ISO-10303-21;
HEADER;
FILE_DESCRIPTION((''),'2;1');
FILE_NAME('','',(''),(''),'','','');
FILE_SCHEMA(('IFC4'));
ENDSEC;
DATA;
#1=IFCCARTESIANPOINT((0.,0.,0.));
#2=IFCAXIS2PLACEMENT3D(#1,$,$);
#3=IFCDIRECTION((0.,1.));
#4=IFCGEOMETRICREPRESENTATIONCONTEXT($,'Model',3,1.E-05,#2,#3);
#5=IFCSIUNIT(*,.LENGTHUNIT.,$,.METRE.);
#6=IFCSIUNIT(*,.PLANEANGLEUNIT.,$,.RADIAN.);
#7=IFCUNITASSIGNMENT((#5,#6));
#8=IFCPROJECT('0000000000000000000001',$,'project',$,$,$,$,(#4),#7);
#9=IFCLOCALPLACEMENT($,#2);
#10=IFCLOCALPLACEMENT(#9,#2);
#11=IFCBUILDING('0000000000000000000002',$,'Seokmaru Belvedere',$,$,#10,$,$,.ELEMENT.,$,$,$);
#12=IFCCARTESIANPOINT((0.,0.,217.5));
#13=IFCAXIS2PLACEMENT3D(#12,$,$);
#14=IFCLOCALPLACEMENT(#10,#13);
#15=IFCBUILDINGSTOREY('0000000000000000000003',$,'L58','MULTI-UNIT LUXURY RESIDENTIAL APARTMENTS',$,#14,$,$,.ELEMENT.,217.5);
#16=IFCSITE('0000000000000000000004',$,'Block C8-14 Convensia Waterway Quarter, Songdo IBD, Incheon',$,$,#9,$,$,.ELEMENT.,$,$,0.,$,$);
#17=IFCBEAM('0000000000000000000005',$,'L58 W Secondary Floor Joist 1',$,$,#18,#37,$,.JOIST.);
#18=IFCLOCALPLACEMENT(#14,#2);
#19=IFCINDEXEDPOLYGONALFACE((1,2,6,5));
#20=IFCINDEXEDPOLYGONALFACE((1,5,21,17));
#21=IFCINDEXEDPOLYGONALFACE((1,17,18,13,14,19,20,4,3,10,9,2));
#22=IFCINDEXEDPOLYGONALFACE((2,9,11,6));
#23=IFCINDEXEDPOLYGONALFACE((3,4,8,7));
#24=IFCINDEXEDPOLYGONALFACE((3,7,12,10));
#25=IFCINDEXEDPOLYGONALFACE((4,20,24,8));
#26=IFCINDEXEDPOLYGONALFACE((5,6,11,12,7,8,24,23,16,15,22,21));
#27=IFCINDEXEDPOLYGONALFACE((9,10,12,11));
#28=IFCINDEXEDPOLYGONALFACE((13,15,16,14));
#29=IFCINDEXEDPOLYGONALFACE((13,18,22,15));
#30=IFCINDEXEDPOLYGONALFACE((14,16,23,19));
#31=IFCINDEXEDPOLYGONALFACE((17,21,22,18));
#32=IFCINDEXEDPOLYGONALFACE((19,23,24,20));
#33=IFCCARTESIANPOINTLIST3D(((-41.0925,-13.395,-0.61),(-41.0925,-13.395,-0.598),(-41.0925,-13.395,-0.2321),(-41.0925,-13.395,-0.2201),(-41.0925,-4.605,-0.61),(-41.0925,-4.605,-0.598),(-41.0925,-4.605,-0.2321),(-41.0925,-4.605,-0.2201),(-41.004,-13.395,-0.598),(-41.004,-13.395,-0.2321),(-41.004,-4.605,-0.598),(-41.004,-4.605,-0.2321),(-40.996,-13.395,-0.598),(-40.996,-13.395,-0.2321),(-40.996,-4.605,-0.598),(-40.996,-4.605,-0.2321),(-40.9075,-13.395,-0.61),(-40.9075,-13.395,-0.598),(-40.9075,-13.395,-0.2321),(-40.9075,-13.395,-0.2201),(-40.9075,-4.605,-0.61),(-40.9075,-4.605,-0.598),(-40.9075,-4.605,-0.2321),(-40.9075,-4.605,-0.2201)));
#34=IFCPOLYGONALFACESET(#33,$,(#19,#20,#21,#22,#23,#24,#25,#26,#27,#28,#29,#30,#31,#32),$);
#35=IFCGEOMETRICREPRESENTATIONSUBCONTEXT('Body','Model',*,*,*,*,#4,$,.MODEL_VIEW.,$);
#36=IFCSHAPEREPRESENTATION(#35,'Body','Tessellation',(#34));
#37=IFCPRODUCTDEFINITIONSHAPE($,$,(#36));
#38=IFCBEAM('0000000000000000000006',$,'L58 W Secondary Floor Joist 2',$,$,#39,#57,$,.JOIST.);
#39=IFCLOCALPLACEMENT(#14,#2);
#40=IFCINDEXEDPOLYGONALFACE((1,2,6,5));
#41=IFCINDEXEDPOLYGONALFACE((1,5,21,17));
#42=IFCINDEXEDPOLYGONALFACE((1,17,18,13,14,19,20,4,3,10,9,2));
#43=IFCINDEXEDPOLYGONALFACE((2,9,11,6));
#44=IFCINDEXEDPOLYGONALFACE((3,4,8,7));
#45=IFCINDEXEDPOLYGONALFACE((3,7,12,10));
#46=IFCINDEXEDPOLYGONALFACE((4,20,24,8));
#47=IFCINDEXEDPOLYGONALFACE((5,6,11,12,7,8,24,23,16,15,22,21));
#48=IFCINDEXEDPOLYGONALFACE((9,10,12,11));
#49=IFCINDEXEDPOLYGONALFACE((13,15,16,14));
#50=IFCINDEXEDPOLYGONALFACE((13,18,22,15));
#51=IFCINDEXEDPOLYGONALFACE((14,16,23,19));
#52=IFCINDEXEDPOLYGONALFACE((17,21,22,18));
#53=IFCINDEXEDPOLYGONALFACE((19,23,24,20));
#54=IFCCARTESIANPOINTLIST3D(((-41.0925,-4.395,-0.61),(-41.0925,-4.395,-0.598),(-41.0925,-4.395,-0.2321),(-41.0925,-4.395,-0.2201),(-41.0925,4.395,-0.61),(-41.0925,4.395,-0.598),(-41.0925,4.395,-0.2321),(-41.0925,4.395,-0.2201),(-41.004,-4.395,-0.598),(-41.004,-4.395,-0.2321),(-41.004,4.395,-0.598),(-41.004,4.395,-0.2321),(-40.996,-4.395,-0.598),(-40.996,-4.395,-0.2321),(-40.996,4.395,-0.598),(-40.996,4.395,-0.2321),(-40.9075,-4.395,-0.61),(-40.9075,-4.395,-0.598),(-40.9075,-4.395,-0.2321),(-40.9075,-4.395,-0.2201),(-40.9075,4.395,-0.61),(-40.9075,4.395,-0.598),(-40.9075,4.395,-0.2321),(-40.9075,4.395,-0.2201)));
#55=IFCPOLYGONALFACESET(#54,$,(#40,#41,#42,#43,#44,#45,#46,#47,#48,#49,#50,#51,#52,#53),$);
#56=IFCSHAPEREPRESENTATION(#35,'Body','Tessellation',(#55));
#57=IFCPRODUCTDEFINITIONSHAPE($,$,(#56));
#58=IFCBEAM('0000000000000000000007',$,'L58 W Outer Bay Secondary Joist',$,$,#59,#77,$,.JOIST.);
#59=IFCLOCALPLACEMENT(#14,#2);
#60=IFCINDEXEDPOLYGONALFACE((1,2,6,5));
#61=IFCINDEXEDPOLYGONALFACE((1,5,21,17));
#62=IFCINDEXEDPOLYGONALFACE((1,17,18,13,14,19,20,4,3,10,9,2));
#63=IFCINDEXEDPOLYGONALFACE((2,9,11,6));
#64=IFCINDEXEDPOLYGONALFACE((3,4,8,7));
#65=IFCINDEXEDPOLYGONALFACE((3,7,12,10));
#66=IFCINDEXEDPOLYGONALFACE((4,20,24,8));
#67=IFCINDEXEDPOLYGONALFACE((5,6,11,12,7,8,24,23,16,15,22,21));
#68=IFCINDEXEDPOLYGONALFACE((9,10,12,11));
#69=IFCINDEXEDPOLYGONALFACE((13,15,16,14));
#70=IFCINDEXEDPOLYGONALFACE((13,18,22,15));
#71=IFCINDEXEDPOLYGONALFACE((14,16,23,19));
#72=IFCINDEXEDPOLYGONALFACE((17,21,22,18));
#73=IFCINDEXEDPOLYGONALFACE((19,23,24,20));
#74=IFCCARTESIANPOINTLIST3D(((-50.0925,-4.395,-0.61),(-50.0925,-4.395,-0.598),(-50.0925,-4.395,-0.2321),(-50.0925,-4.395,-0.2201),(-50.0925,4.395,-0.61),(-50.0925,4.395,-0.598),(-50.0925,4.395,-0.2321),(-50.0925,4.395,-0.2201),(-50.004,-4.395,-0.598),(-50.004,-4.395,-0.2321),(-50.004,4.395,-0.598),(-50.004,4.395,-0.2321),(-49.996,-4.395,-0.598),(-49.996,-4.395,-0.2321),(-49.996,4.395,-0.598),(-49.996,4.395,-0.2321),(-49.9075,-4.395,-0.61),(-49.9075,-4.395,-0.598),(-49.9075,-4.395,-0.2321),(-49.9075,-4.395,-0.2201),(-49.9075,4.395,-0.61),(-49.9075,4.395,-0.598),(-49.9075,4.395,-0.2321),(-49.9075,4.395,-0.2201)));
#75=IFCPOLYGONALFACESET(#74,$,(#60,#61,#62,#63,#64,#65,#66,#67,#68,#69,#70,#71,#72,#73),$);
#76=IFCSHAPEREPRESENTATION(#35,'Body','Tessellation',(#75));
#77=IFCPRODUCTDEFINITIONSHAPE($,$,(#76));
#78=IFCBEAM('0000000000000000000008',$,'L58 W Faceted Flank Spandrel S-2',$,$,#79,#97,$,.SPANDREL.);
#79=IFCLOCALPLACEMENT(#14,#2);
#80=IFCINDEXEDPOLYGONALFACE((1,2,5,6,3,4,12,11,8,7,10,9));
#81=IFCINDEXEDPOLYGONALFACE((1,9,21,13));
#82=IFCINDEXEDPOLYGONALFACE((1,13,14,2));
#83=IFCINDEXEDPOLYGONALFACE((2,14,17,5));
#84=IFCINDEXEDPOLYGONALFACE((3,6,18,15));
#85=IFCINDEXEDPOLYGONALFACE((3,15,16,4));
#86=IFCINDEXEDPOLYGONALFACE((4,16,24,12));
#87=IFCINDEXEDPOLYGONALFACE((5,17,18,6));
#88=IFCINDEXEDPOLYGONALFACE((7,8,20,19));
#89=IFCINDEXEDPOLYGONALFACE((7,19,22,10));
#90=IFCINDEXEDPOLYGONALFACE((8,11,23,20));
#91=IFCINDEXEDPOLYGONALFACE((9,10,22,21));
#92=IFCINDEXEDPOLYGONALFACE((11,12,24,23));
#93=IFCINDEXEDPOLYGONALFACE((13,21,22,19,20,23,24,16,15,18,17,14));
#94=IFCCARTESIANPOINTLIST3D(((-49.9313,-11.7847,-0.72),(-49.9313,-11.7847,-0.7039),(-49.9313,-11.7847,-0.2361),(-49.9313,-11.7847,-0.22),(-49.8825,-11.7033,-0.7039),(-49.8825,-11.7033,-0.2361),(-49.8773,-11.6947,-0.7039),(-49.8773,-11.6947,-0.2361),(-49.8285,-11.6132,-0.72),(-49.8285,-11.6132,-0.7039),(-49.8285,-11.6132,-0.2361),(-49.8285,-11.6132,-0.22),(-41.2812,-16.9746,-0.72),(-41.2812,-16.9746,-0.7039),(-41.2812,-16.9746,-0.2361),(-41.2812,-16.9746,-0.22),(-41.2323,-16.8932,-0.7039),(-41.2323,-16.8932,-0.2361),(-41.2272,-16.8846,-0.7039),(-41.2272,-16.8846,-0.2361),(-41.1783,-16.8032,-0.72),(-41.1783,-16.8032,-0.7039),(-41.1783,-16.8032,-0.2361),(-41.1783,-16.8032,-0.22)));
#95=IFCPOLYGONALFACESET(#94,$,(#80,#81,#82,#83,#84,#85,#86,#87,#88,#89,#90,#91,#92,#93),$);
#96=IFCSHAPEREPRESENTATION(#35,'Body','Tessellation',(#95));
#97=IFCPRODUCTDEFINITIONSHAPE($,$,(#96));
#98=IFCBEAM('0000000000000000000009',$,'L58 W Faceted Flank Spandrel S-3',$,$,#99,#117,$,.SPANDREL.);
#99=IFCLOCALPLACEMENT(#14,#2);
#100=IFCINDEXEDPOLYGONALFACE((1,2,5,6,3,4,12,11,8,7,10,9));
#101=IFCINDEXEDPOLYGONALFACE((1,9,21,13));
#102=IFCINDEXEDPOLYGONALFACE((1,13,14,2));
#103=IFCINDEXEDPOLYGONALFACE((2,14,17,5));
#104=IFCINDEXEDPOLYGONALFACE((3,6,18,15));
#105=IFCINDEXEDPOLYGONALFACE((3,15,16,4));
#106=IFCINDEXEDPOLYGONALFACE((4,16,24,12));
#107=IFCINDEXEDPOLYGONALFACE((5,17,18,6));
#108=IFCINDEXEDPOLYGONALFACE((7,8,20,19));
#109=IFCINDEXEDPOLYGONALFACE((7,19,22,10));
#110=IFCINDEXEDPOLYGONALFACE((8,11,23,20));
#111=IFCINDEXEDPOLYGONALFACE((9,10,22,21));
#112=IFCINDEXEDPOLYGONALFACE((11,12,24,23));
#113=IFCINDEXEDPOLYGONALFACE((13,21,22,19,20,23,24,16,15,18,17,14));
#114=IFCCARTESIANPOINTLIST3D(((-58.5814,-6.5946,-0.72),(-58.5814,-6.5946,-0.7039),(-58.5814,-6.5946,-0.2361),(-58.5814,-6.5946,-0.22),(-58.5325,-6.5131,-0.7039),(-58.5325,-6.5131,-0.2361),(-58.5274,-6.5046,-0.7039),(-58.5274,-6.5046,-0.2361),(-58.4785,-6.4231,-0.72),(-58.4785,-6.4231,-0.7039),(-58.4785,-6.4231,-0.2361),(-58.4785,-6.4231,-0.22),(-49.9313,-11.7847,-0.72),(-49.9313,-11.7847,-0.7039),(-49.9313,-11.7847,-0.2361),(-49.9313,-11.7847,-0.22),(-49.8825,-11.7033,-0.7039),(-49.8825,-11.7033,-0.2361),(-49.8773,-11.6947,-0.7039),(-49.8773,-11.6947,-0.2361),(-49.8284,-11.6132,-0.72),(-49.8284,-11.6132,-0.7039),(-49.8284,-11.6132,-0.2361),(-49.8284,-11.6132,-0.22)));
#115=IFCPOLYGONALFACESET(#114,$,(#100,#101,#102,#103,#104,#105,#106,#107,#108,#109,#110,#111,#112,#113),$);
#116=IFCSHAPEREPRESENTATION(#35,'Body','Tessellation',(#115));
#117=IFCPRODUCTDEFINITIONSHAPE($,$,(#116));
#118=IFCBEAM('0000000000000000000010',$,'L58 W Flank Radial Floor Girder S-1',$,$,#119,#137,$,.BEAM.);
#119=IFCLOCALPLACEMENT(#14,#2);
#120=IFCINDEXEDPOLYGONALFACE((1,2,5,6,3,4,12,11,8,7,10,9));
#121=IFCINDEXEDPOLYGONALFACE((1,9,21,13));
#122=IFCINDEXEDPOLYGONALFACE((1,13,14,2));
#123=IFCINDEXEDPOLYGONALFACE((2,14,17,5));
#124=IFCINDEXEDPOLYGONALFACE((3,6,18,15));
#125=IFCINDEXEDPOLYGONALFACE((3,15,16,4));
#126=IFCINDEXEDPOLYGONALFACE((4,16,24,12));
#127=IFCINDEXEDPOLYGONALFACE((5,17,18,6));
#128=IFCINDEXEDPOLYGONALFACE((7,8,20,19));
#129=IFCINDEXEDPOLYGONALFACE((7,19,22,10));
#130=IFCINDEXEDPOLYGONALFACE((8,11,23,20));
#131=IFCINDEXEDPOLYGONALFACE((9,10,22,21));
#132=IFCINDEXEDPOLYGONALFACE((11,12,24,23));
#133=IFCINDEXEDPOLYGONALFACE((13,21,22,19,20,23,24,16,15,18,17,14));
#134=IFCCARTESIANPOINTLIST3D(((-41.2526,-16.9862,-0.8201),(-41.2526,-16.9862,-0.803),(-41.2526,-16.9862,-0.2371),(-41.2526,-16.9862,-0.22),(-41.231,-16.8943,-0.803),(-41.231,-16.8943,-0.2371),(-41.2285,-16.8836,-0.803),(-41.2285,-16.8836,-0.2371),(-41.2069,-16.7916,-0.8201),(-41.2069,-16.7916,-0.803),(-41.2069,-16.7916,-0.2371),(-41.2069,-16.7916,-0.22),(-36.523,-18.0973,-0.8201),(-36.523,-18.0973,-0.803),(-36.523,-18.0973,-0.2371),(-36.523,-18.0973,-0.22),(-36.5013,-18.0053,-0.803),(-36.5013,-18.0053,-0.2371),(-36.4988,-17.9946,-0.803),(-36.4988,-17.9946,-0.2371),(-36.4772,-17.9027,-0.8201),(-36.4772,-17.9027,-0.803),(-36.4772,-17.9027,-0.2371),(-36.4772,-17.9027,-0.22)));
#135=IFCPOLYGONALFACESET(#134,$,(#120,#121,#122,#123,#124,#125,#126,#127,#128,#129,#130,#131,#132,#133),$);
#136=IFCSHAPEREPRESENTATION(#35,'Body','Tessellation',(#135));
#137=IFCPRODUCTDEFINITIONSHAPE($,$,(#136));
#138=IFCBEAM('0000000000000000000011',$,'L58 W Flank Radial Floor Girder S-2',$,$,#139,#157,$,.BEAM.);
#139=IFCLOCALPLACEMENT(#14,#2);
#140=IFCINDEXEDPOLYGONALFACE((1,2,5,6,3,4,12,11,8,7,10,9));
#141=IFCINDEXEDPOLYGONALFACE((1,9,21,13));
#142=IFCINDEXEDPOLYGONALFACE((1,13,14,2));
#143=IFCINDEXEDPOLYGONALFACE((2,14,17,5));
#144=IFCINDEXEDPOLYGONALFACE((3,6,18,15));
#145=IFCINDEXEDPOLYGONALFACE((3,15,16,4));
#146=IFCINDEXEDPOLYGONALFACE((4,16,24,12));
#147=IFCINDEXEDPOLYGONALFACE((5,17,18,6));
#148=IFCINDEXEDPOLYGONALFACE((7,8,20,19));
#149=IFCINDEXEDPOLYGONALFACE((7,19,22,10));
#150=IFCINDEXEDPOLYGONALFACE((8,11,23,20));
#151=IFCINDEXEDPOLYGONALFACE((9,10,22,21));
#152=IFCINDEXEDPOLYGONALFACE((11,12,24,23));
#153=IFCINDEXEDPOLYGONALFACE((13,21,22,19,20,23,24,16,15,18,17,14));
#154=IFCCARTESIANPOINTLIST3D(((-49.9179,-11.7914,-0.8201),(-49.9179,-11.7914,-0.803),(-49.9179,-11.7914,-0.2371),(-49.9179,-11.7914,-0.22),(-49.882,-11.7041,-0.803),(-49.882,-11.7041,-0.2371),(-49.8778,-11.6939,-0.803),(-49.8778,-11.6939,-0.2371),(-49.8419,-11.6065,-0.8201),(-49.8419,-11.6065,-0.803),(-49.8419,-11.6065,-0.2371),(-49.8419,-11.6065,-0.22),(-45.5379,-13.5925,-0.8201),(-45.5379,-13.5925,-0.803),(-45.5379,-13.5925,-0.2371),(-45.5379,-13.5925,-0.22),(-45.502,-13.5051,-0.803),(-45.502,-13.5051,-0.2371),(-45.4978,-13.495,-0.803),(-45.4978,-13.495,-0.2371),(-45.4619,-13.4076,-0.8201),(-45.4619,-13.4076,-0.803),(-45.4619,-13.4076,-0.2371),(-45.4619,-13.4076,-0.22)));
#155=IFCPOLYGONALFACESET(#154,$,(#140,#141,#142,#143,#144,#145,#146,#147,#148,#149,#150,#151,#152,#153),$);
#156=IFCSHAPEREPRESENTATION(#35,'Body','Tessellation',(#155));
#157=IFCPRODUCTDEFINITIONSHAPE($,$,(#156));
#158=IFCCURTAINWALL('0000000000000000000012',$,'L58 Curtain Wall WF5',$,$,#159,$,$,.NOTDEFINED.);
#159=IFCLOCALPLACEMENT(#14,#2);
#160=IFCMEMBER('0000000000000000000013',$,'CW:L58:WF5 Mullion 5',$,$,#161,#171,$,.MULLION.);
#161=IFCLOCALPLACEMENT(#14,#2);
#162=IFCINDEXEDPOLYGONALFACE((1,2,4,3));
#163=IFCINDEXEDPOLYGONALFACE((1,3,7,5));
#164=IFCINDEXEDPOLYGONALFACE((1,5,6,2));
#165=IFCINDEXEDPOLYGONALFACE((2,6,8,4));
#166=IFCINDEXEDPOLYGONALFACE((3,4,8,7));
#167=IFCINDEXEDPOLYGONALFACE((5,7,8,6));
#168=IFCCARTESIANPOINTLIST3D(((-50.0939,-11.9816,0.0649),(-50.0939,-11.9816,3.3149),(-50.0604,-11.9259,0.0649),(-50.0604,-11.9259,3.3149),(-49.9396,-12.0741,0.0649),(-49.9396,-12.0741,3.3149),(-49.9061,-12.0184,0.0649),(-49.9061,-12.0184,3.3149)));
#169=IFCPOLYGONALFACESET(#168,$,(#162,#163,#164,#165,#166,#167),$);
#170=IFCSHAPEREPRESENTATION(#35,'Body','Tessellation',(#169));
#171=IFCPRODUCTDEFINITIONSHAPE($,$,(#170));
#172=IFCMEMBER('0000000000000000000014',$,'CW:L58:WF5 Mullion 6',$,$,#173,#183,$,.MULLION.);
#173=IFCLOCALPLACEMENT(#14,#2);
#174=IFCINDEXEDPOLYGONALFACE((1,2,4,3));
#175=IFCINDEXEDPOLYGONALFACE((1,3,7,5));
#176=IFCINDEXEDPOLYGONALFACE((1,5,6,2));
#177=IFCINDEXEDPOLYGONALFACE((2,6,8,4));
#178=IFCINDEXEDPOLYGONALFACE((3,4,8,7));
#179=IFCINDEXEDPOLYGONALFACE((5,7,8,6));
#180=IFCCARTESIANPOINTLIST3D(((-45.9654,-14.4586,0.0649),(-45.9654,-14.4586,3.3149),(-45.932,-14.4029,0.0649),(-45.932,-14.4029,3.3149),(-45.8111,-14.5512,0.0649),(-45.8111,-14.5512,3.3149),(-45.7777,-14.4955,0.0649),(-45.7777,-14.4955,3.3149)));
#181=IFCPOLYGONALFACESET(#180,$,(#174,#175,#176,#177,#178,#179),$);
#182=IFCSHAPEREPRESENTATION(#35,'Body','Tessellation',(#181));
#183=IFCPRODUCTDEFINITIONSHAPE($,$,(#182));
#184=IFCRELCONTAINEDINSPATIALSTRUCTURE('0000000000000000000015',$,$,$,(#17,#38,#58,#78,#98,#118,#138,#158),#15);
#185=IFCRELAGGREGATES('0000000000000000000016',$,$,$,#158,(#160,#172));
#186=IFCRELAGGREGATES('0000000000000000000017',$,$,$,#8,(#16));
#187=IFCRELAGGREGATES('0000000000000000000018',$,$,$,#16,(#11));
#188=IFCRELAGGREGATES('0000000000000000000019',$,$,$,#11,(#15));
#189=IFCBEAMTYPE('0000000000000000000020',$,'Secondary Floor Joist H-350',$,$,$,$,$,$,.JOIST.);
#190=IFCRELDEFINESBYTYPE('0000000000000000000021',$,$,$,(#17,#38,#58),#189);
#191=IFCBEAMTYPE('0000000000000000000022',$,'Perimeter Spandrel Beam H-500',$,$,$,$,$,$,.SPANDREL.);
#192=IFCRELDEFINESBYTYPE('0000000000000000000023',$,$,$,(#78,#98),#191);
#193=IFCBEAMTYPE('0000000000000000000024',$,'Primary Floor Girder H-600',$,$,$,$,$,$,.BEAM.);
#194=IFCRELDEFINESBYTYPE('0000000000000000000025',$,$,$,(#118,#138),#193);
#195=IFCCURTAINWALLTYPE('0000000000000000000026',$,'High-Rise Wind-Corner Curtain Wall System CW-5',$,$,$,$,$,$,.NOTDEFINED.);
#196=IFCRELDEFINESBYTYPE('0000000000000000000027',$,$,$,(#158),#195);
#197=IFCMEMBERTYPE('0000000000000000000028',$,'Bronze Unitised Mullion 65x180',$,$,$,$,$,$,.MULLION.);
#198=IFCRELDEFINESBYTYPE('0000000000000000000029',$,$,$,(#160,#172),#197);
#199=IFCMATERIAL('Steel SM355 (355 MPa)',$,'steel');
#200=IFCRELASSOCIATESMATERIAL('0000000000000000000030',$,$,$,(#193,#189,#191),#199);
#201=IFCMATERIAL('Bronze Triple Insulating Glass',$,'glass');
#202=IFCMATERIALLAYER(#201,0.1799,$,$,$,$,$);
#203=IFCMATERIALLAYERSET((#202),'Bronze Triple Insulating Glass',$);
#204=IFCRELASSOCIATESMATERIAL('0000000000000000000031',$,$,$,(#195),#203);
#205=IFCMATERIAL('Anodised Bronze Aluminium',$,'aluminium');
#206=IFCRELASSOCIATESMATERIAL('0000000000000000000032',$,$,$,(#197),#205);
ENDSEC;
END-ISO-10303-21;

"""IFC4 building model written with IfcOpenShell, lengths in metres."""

from ifc_helpers import new_model, si_unit, direction, frame, origin, origin_2d, place, context, subcontext, project, spatial, rectangle, i_section, extrude, source, transform, mapped, material, layer, layer_set, material_profile, profile_set, type_object, type_shapes, element, aggregate, save


model = new_model("IFC4")

# Units and contexts
model_context = context("Model", 3, precision=1e-05, world=origin(), true_north=direction((0.0, 1.0)))
body_context = subcontext(model_context, "Body", "Model", "MODEL_VIEW")
ifc_project = project(units=[si_unit("LENGTHUNIT", "METRE"), si_unit("PLANEANGLEUNIT", "RADIAN")], contexts=[model_context])

# Site, building, storey
site_placement = place(None, origin())
site = spatial("IfcSite", under=ifc_project, at=site_placement, Name="Block C8-14 Convensia Waterway Quarter, Songdo IBD, Incheon", CompositionType="ELEMENT", RefElevation=0.0)
building_placement = place(site_placement, origin())
building = spatial("IfcBuilding", under=site, at=building_placement, Name="Seokmaru Belvedere", CompositionType="ELEMENT")
storey_placement = place(building_placement, frame((0.0, 0.0, 217.5)))
storey = spatial("IfcBuildingStorey", under=building, at=storey_placement, Name="L58", Description="MULTI-UNIT LUXURY RESIDENTIAL APARTMENTS", CompositionType="ELEMENT", Elevation=217.5)

# Shared definitions
ifc_material_1 = material(Name="Steel SM355 (355 MPa)", Category="steel")

# Beams
ifc_material_profile_1 = material_profile(ifc_material_1, i_section(OverallWidth=0.2, OverallDepth=0.6001, WebThickness=0.011, FlangeThickness=0.0171, at=origin_2d()), Name="H-600x200x11x17")
ifc_profile_set_1 = profile_set([ifc_material_profile_1], Name="Steel SM355 (355 MPa)")
beam_type_1 = type_object("IfcBeamType", Name="Primary Floor Girder H-600", PredefinedType="BEAM", material=ifc_profile_set_1)
ifc_material_profile_2 = material_profile(ifc_material_1, i_section(OverallWidth=0.1851, OverallDepth=0.3899, WebThickness=0.0081, FlangeThickness=0.012, at=origin_2d()), Name="H-390x185x8x12")
ifc_profile_set_2 = profile_set([ifc_material_profile_2], Name="Steel SM355 (355 MPa)")
beam_type_2 = type_object("IfcBeamType", Name="Secondary Floor Joist H-350", PredefinedType="JOIST", material=ifc_profile_set_2)
shared_shape_1 = source(origin(), body_context, "Body", "SweptSolid", [
    extrude(i_section(OverallWidth=0.1851, OverallDepth=0.3899, WebThickness=0.0081, FlangeThickness=0.012, at=origin_2d()), origin(), (0.0, 0.0, 1.0), 8.79),
])
type_shapes(beam_type_2, [shared_shape_1])
for number, where, z_axis, x_axis, name in (
    (1, (-41.0, -13.395, -0.415), (0.0, 1.0, 0.0), (-1.0, 0.0, 0.0), "L58 W Secondary Floor Joist 1"),
    (2, (-41.0, -4.395, -0.415), (0.0, 1.0, 0.0), (-1.0, 0.0, 0.0), "L58 W Secondary Floor Joist 2"),
    (3, (-50.0, -4.395, -0.415), (0.0, 1.0, 0.0), (-1.0, 0.0, 0.0), "L58 W Outer Bay Secondary Joist"),
):
    element("IfcBeam", number, at=place(storey_placement, frame(where, z_axis=z_axis, x_axis=x_axis)), inside=storey, type_object=beam_type_2, Name=name, PredefinedType="JOIST", context=body_context, shape_type="MappedRepresentation", body=[
        mapped(shared_shape_1, transform((0.0, 0.0, 0.0), scale=1.0)),
    ])
ifc_material_profile_3 = material_profile(ifc_material_1, i_section(OverallWidth=0.2, OverallDepth=0.5, WebThickness=0.01, FlangeThickness=0.0161, at=origin_2d()), Name="H-500x200x10x16")
ifc_profile_set_3 = profile_set([ifc_material_profile_3], Name="Steel SM355 (355 MPa)")
beam_type_3 = type_object("IfcBeamType", Name="Perimeter Spandrel Beam H-500", PredefinedType="SPANDREL", material=ifc_profile_set_3)
shared_shape_2 = source(origin(), body_context, "Body", "SweptSolid", [
    extrude(i_section(OverallWidth=0.2, OverallDepth=0.5, WebThickness=0.01, FlangeThickness=0.0161, at=origin_2d()), origin(), (0.0, 0.0, 1.0), 10.0876),
])
type_shapes(beam_type_3, [shared_shape_2])
for number, where, z_axis, x_axis, name in (
    (4, (-41.2297, -16.8889, -0.47), (-0.857499, 0.514485, 0.0), (-0.514485, -0.857499, 0.0), "L58 W Faceted Flank Spandrel S-2"),
    (5, (-49.8799, -11.699, -0.47), (-0.857489, 0.514503, 0.0), (-0.514503, -0.857489, 0.0), "L58 W Faceted Flank Spandrel S-3"),
):
    element("IfcBeam", number, at=place(storey_placement, frame(where, z_axis=z_axis, x_axis=x_axis)), inside=storey, type_object=beam_type_3, Name=name, PredefinedType="SPANDREL", context=body_context, shape_type="MappedRepresentation", body=[
        mapped(shared_shape_2, transform((0.0, 0.0, 0.0), scale=1.0)),
    ])
shared_shape_3 = source(origin(), body_context, "Body", "SweptSolid", [
    extrude(i_section(OverallWidth=0.2, OverallDepth=0.6001, WebThickness=0.011, FlangeThickness=0.0171, at=origin_2d()), origin(), (0.0, 0.0, 1.0), 4.8584),
])
beam_1_placement = place(storey_placement, frame((-41.2297, -16.8889, -0.52), z_axis=(0.973499, -0.228689, 0.0), x_axis=(0.228689, 0.973499, 0.0)))
element("IfcBeam", 6, at=beam_1_placement, inside=storey, type_object=beam_type_1, Name="L58 W Flank Radial Floor Girder S-1", PredefinedType="BEAM", context=body_context, shape_type="MappedRepresentation", body=[
    mapped(shared_shape_3, transform((0.0, 0.0, 0.0), scale=1.0)),
])
shared_shape_4 = source(origin(), body_context, "Body", "SweptSolid", [
    extrude(i_section(OverallWidth=0.2, OverallDepth=0.6001, WebThickness=0.011, FlangeThickness=0.0171, at=origin_2d()), origin(), (0.0, 0.0, 1.0), 4.7358),
])
beam_2_placement = place(storey_placement, frame((-49.8799, -11.699, -0.52), z_axis=(0.924861, -0.380306, 0.0), x_axis=(0.380306, 0.924861, 0.0)))
element("IfcBeam", 7, at=beam_2_placement, inside=storey, type_object=beam_type_1, Name="L58 W Flank Radial Floor Girder S-2", PredefinedType="BEAM", context=body_context, shape_type="MappedRepresentation", body=[
    mapped(shared_shape_4, transform((0.0, 0.0, 0.0), scale=1.0)),
])

# Curtain wall, members
ifc_material_2 = material(Name="Bronze Triple Insulating Glass", Category="glass")
ifc_layer_1 = layer(ifc_material_2, 0.1799)
ifc_layer_set_1 = layer_set([ifc_layer_1], Name="Bronze Triple Insulating Glass")
curtain_wall_type = type_object("IfcCurtainWallType", Name="High-Rise Wind-Corner Curtain Wall System CW-5", PredefinedType="NOTDEFINED", material=ifc_layer_set_1)
curtain_wall_placement = place(storey_placement, origin())
curtain_wall = element("IfcCurtainWall", 8, at=curtain_wall_placement, inside=storey, type_object=curtain_wall_type, Name="L58 Curtain Wall WF5", PredefinedType="NOTDEFINED")
ifc_material_3 = material(Name="Anodised Bronze Aluminium", Category="aluminium")
ifc_material_profile_4 = material_profile(ifc_material_3, rectangle(XDim=0.0649, YDim=0.1799, at=origin_2d()), Name="CW-M-65x180")
ifc_profile_set_4 = profile_set([ifc_material_profile_4], Name="Anodised Bronze Aluminium")
member_type = type_object("IfcMemberType", Name="Bronze Unitised Mullion 65x180", PredefinedType="MULLION", material=ifc_profile_set_4)
shared_shape_5 = source(origin(), body_context, "Body", "SweptSolid", [
    extrude(rectangle(XDim=0.0649, YDim=0.1799, at=origin_2d()), origin(), (0.0, 0.0, 1.0), 3.25),
])
type_shapes(member_type, [shared_shape_5])
member_1_placement = place(storey_placement, frame((-50.0, -12.0, 0.0649), z_axis=(0.0, 0.0, 1.0), x_axis=(0.514495, 0.857493, 0.0)))
member_1 = element("IfcMember", 9, at=member_1_placement, type_object=member_type, Name="CW:L58:WF5 Mullion 5", PredefinedType="MULLION", context=body_context, shape_type="MappedRepresentation", body=[
    mapped(shared_shape_5, transform((0.0, 0.0, 0.0), scale=1.0)),
])
member_2_placement = place(storey_placement, frame((-45.8716, -14.4771, 0.0649), z_axis=(0.0, 0.0, 1.0), x_axis=(0.514495, 0.857493, 0.0)))
member_2 = element("IfcMember", 10, at=member_2_placement, type_object=member_type, Name="CW:L58:WF5 Mullion 6", PredefinedType="MULLION", context=body_context, shape_type="MappedRepresentation", body=[
    mapped(shared_shape_5, transform((0.0, 0.0, 0.0), scale=1.0)),
])
aggregate(curtain_wall, [member_1, member_2])

save(model, "model.ifc")
